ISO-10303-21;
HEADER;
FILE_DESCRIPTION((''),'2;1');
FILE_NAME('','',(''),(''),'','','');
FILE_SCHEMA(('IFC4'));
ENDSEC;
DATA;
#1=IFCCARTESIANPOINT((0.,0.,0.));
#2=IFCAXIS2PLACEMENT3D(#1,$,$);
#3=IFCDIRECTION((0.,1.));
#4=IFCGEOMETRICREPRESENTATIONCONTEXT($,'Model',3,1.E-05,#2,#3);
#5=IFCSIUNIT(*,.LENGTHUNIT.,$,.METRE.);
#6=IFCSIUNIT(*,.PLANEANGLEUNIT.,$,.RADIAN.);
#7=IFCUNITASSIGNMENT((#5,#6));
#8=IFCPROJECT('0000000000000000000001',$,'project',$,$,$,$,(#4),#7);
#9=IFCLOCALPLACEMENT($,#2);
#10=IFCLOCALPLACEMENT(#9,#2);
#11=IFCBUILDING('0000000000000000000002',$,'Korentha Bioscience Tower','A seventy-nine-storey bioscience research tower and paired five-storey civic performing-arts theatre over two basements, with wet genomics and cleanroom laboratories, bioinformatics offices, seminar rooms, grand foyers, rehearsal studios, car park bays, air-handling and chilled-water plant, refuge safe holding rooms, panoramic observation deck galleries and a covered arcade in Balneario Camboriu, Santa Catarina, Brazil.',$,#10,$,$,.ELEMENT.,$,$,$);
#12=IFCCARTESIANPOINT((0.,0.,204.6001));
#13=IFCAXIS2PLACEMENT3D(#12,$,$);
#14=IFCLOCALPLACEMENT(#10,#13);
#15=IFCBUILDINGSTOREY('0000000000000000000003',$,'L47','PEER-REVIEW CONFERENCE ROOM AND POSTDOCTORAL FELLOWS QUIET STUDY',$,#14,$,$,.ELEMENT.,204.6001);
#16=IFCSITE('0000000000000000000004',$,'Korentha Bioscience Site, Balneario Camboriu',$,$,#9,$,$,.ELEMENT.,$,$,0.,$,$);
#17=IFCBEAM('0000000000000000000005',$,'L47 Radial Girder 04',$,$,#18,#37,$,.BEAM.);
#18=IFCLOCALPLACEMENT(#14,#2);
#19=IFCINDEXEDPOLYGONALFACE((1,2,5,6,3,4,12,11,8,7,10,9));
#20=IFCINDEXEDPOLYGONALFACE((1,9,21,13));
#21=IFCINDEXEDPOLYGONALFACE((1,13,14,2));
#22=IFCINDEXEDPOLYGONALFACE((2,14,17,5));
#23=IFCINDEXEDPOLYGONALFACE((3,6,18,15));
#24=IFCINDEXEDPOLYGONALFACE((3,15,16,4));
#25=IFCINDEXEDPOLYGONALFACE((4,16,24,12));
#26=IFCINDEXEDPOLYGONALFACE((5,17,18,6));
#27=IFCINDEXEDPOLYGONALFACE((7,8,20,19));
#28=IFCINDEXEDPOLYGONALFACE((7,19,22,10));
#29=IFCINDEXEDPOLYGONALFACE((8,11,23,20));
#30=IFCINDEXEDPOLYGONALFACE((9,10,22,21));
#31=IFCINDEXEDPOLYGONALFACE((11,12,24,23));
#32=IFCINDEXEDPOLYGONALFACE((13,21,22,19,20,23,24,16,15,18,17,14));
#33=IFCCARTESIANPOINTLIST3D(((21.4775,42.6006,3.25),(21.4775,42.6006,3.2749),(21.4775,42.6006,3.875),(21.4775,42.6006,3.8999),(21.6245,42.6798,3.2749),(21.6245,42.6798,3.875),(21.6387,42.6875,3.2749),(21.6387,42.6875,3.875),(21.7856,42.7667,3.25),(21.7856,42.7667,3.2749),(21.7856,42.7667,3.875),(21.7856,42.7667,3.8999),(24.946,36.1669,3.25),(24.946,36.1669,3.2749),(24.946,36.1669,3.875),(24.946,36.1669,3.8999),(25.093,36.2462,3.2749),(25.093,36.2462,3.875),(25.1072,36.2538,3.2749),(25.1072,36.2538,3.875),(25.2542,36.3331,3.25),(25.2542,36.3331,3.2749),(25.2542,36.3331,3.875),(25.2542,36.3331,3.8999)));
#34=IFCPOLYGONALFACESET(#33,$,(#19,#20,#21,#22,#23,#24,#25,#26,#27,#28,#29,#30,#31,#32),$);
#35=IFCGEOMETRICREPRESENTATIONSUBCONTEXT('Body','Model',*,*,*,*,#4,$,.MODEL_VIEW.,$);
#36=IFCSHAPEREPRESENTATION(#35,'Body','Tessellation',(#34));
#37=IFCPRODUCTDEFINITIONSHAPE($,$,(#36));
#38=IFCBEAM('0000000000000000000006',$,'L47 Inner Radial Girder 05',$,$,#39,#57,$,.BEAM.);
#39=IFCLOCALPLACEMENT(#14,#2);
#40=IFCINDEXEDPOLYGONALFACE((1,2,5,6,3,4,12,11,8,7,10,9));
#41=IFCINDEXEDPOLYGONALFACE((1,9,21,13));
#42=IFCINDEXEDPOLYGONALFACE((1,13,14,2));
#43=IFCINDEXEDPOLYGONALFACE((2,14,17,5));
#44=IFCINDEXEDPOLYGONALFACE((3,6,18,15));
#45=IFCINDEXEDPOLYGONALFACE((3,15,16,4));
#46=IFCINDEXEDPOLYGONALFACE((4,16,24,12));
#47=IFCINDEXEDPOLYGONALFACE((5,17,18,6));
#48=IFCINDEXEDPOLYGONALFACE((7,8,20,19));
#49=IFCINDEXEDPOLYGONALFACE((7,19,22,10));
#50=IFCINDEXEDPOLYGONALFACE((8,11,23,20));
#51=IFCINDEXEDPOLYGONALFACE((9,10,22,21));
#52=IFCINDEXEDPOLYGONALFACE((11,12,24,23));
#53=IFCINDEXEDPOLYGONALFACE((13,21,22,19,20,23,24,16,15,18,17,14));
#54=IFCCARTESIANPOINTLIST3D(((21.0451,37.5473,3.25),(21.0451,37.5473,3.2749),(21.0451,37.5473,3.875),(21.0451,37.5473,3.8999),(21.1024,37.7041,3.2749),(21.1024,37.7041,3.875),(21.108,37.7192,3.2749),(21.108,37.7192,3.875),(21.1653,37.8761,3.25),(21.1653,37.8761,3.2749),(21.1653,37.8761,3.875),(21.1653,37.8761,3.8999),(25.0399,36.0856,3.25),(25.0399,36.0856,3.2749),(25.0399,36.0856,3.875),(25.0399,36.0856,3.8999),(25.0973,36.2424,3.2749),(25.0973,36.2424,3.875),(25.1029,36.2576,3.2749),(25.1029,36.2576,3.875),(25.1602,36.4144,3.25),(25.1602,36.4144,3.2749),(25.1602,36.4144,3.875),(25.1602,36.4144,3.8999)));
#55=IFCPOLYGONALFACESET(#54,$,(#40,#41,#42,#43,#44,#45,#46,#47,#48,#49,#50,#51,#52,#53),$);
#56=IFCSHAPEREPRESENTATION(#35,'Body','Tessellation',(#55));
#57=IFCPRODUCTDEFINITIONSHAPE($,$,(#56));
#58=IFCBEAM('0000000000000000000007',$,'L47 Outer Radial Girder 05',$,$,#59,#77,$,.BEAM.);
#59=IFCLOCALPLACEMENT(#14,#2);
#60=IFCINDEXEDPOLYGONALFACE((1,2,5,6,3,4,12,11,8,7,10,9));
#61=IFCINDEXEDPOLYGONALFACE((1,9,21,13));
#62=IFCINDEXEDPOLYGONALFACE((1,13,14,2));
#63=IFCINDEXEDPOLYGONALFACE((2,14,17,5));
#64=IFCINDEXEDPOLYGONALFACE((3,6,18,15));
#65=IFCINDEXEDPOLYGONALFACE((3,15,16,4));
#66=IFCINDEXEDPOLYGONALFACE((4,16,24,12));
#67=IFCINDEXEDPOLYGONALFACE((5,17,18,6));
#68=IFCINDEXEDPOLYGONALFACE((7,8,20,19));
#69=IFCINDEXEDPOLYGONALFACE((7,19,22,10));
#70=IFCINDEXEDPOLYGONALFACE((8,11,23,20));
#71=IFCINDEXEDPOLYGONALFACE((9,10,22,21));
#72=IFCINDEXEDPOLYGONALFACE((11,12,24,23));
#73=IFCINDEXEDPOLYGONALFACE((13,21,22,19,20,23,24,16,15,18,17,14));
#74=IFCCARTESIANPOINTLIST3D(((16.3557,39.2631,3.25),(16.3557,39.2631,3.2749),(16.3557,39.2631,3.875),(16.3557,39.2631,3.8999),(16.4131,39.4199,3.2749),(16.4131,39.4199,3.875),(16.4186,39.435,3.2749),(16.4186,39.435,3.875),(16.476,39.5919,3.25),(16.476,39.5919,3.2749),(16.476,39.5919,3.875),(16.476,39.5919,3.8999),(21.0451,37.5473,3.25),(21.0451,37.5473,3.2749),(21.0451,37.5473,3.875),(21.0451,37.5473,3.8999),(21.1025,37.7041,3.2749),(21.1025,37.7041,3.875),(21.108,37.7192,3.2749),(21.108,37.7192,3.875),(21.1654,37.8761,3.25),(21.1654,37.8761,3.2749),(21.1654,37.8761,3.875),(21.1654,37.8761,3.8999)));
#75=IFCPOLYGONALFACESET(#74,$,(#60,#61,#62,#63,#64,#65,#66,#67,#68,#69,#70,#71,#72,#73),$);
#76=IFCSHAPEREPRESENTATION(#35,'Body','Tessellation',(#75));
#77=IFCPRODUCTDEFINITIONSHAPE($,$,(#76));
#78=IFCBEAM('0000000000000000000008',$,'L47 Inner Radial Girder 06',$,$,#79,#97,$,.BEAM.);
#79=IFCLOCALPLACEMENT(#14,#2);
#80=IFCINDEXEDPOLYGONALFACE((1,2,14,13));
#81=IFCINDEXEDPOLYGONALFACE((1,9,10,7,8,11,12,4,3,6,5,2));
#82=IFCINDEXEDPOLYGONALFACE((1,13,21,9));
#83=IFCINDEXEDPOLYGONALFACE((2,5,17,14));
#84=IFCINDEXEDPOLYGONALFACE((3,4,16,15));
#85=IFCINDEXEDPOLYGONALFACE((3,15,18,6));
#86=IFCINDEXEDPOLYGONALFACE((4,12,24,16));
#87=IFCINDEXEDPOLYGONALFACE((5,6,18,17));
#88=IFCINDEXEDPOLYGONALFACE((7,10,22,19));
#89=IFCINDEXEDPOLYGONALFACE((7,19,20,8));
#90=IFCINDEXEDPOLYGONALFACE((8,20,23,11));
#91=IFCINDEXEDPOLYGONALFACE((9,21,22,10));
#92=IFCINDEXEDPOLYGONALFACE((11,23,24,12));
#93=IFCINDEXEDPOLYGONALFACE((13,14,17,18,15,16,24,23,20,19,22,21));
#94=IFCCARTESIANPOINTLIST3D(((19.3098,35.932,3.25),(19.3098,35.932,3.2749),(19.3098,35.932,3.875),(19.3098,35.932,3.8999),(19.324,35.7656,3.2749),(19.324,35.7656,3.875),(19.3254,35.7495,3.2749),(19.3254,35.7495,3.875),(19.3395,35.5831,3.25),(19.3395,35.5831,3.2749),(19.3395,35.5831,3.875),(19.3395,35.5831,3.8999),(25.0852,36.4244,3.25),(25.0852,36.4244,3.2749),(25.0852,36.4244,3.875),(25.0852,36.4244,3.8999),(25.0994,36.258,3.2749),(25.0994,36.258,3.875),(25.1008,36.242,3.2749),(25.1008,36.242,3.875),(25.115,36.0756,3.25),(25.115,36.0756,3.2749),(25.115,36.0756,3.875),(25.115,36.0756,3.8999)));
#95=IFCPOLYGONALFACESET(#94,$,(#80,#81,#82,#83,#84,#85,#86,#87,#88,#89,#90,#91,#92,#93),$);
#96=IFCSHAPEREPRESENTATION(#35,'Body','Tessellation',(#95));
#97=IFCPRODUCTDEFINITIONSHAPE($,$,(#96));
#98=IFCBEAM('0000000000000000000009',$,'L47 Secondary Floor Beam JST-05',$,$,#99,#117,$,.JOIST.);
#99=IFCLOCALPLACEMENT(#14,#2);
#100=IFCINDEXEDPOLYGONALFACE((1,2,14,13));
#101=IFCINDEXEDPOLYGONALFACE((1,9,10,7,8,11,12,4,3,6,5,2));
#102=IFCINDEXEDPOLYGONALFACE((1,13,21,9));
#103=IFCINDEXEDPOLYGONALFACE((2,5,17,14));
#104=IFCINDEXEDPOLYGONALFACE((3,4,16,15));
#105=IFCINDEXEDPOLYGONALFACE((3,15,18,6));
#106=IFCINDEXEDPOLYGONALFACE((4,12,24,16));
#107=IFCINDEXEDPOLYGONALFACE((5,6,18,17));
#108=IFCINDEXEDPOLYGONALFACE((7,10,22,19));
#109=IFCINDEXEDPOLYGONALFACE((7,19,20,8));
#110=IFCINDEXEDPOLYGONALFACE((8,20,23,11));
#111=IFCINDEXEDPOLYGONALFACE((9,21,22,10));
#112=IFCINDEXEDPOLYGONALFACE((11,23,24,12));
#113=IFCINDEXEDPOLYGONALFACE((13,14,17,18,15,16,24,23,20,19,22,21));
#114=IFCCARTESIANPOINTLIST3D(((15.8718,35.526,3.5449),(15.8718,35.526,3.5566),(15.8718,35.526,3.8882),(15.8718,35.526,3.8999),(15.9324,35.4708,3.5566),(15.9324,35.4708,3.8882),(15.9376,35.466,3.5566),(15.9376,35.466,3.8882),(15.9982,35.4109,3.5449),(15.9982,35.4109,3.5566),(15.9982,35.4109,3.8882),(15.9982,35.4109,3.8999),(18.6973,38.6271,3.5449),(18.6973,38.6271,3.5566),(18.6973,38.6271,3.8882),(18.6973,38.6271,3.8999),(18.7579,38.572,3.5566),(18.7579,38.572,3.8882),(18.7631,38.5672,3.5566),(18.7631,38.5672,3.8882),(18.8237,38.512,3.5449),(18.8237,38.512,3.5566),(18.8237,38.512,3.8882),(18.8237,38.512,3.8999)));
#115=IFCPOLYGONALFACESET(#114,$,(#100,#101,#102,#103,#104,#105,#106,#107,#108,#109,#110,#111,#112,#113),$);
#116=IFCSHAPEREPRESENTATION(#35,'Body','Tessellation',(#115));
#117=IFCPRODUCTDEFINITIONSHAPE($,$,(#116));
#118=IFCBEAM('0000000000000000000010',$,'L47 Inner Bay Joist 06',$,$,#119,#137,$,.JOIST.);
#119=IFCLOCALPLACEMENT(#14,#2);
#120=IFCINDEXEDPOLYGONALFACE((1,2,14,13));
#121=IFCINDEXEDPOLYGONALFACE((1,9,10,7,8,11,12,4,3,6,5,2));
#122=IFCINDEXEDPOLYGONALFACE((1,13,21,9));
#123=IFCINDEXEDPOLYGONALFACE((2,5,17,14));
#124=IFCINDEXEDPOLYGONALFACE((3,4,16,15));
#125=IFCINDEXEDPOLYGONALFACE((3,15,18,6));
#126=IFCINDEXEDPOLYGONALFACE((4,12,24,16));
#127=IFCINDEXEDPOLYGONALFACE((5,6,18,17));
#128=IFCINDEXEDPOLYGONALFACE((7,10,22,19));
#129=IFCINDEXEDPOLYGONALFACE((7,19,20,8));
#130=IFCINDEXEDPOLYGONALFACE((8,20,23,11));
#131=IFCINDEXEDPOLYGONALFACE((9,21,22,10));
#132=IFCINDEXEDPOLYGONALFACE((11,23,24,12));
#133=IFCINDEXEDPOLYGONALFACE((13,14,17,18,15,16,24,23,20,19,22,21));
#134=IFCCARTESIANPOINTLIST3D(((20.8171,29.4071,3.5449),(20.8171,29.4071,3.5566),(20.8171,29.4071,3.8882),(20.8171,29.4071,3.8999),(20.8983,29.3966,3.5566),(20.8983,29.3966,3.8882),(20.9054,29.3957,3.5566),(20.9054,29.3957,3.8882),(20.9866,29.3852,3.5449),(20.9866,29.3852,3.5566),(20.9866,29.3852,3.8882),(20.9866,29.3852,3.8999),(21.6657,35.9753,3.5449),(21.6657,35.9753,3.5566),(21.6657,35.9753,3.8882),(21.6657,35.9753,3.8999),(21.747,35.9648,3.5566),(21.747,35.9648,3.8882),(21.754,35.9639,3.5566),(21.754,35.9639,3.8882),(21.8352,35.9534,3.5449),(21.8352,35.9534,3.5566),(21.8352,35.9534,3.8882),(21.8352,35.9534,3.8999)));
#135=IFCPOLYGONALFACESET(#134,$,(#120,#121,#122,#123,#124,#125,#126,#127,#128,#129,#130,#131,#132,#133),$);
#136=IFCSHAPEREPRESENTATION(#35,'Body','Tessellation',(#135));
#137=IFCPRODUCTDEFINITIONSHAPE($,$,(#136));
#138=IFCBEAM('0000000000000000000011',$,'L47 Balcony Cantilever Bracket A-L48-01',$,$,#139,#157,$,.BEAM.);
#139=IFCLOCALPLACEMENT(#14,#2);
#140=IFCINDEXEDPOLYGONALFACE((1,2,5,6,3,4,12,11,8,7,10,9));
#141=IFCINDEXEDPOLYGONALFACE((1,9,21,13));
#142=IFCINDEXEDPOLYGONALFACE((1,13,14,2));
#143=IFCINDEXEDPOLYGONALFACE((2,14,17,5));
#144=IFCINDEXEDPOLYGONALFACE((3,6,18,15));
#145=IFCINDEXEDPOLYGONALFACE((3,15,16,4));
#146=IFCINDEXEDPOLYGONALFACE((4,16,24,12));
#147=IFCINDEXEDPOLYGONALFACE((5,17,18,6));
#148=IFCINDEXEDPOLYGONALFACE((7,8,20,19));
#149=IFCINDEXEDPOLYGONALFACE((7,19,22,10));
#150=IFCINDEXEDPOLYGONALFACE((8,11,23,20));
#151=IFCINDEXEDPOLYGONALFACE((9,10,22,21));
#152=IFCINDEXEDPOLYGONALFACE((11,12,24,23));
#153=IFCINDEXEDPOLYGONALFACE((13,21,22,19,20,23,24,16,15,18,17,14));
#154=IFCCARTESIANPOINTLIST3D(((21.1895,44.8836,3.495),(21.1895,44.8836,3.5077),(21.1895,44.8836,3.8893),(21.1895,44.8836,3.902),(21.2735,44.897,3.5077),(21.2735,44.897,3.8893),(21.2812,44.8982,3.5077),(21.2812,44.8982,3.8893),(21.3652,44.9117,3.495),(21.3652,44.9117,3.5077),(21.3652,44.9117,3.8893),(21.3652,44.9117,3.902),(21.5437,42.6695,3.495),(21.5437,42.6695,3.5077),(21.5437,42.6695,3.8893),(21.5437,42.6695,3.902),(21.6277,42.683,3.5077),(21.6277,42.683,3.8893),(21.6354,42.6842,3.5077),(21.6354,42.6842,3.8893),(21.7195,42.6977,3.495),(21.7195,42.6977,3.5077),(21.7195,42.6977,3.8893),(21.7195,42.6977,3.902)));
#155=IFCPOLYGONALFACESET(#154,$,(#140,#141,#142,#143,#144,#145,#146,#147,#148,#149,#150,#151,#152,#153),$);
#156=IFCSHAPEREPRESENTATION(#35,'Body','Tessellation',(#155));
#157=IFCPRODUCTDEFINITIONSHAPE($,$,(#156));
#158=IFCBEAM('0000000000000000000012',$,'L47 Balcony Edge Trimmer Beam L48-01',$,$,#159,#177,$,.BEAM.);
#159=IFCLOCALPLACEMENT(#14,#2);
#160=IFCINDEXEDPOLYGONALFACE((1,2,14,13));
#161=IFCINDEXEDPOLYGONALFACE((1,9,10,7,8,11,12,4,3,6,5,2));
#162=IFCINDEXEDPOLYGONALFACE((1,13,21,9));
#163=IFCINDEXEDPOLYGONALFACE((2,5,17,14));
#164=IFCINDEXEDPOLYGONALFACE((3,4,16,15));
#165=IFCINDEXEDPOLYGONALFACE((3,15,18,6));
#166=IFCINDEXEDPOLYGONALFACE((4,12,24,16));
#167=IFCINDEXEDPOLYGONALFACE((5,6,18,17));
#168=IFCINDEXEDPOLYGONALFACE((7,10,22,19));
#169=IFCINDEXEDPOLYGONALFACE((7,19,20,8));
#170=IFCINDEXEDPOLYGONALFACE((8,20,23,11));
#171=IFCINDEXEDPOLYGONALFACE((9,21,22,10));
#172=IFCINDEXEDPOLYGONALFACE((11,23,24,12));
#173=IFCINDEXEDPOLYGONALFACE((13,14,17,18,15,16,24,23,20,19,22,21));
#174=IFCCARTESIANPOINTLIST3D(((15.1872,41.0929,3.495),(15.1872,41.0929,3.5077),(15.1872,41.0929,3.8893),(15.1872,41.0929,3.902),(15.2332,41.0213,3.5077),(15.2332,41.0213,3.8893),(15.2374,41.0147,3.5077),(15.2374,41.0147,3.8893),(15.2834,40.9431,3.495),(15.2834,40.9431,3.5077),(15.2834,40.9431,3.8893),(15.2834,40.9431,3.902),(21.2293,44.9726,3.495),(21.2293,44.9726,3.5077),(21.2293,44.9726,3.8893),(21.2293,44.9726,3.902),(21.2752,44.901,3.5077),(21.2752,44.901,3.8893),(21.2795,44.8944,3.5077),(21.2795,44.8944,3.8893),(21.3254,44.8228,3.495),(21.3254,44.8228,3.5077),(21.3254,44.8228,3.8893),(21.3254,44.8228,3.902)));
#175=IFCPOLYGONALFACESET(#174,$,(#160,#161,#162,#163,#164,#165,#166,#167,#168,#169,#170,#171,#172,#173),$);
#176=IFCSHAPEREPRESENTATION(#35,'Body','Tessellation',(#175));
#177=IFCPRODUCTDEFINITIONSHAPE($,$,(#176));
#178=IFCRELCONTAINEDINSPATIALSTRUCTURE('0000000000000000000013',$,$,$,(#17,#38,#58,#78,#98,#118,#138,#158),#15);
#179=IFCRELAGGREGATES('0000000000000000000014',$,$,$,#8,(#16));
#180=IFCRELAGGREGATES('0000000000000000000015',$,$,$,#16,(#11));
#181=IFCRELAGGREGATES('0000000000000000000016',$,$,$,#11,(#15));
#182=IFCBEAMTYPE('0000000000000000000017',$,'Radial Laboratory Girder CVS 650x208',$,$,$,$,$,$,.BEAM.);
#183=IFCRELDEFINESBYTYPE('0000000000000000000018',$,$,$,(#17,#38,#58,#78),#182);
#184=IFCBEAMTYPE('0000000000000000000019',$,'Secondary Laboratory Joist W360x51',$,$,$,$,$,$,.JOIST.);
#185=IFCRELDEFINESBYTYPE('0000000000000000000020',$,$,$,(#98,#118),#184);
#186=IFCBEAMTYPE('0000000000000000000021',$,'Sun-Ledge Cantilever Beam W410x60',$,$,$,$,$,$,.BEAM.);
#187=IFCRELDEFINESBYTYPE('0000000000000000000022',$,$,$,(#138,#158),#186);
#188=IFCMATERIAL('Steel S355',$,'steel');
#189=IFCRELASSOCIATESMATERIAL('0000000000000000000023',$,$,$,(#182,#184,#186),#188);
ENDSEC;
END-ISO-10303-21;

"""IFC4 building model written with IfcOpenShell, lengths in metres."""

from ifc_helpers import new_model, si_unit, direction, frame, origin, origin_2d, place, context, subcontext, project, spatial, i_section, extrude, material, material_profile, profile_set, type_object, element, save


model = new_model("IFC4")

# Units and contexts
model_context = context("Model", 3, precision=1e-05, world=origin(), true_north=direction((0.0, 1.0)))
body_context = subcontext(model_context, "Body", "Model", "MODEL_VIEW")
ifc_project = project(units=[si_unit("LENGTHUNIT", "METRE"), si_unit("PLANEANGLEUNIT", "RADIAN")], contexts=[model_context])

# Site, building, storey
site_placement = place(None, origin())
site = spatial("IfcSite", under=ifc_project, at=site_placement, Name="Korentha Bioscience Site, Balneario Camboriu", CompositionType="ELEMENT", RefElevation=0.0)
building_placement = place(site_placement, origin())
building = spatial("IfcBuilding", under=site, at=building_placement, Name="Korentha Bioscience Tower", Description="A seventy-nine-storey bioscience research tower and paired five-storey civic performing-arts theatre over two basements, with wet genomics and cleanroom laboratories, bioinformatics offices, seminar rooms, grand foyers, rehearsal studios, car park bays, air-handling and chilled-water plant, refuge safe holding rooms, panoramic observation deck galleries and a covered arcade in Balneario Camboriu, Santa Catarina, Brazil.", CompositionType="ELEMENT")
storey_placement = place(building_placement, frame((0.0, 0.0, 204.6001)))
storey = spatial("IfcBuildingStorey", under=building, at=storey_placement, Name="L47", Description="PEER-REVIEW CONFERENCE ROOM AND POSTDOCTORAL FELLOWS QUIET STUDY", CompositionType="ELEMENT", Elevation=204.6001)

# Shared definitions
ifc_material_1 = material(Name="Steel S355", Category="steel")

# Beams
ifc_material_profile_1 = material_profile(ifc_material_1, i_section(OverallWidth=0.3501, OverallDepth=0.6499, WebThickness=0.0161, FlangeThickness=0.0249, at=origin_2d()), Name="Steel S355")
ifc_profile_set_1 = profile_set([ifc_material_profile_1], Name="Steel S355 (RB-650)")
beam_type_1 = type_object("IfcBeamType", Name="Radial Laboratory Girder CVS 650x208", PredefinedType="BEAM", material=ifc_profile_set_1)
beam_1_placement = place(storey_placement, frame((25.1001, 36.25, 3.575), z_axis=(-0.474552, 0.880228, 0.0), x_axis=(-0.880228, -0.474552, 0.0)))
element("IfcBeam", 1, at=beam_1_placement, inside=storey, type_object=beam_type_1, Name="L47 Radial Girder 04", PredefinedType="BEAM", context=body_context, shape_type="SweptSolid", body=[
    extrude(i_section(OverallWidth=0.3501, OverallDepth=0.6499, WebThickness=0.0161, FlangeThickness=0.0249, at=origin_2d()), origin(), (0.0, 0.0, 1.0), 7.3091),
])
beam_2_placement = place(storey_placement, frame((25.1001, 36.25, 3.575), z_axis=(-0.939113, 0.343609, 0.0), x_axis=(-0.343609, -0.939113, 0.0)))
element("IfcBeam", 2, at=beam_2_placement, inside=storey, type_object=beam_type_1, Name="L47 Inner Radial Girder 05", PredefinedType="BEAM", context=body_context, shape_type="SweptSolid", body=[
    extrude(i_section(OverallWidth=0.3501, OverallDepth=0.6499, WebThickness=0.0161, FlangeThickness=0.0249, at=origin_2d()), origin(), (0.0, 0.0, 1.0), 4.2539),
])
beam_3_placement = place(storey_placement, frame((21.1052, 37.7117, 3.575), z_axis=(-0.939112, 0.343611, 0.0), x_axis=(-0.343611, -0.939112, 0.0)))
element("IfcBeam", 3, at=beam_3_placement, inside=storey, type_object=beam_type_1, Name="L47 Outer Radial Girder 05", PredefinedType="BEAM", context=body_context, shape_type="SweptSolid", body=[
    extrude(i_section(OverallWidth=0.3501, OverallDepth=0.6499, WebThickness=0.0161, FlangeThickness=0.0249, at=origin_2d()), origin(), (0.0, 0.0, 1.0), 4.9934),
])
beam_4_placement = place(storey_placement, frame((25.1001, 36.25, 3.575), z_axis=(-0.996385, -0.084956, 0.0), x_axis=(0.084956, -0.996385, 0.0)))
element("IfcBeam", 4, at=beam_4_placement, inside=storey, type_object=beam_type_1, Name="L47 Inner Radial Girder 06", PredefinedType="BEAM", context=body_context, shape_type="SweptSolid", body=[
    extrude(i_section(OverallWidth=0.3501, OverallDepth=0.6499, WebThickness=0.0161, FlangeThickness=0.0249, at=origin_2d()), origin(), (0.0, 0.0, 1.0), 5.7964),
])
ifc_material_profile_2 = material_profile(ifc_material_1, i_section(OverallWidth=0.1709, OverallDepth=0.355, WebThickness=0.0071, FlangeThickness=0.0117, at=origin_2d()), Name="Steel S355")
ifc_profile_set_2 = profile_set([ifc_material_profile_2], Name="Steel S355 (JB-360)")
beam_type_2 = type_object("IfcBeamType", Name="Secondary Laboratory Joist W360x51", PredefinedType="JOIST", material=ifc_profile_set_2)
beam_5_placement = place(storey_placement, frame((18.7605, 38.5696, 3.7224), z_axis=(-0.673492, -0.739194, 0.0), x_axis=(0.739194, -0.673492, 0.0)))
element("IfcBeam", 5, at=beam_5_placement, inside=storey, type_object=beam_type_2, Name="L47 Secondary Floor Beam JST-05", PredefinedType="JOIST", context=body_context, shape_type="SweptSolid", body=[
    extrude(i_section(OverallWidth=0.1709, OverallDepth=0.355, WebThickness=0.0071, FlangeThickness=0.0117, at=origin_2d()), origin(), (0.0, 0.0, 1.0), 4.1953),
])
beam_6_placement = place(storey_placement, frame((21.7505, 35.9644, 3.7224), z_axis=(-0.12814, -0.991756, 0.0), x_axis=(0.991756, -0.12814, 0.0)))
element("IfcBeam", 6, at=beam_6_placement, inside=storey, type_object=beam_type_2, Name="L47 Inner Bay Joist 06", PredefinedType="JOIST", context=body_context, shape_type="SweptSolid", body=[
    extrude(i_section(OverallWidth=0.1709, OverallDepth=0.355, WebThickness=0.0071, FlangeThickness=0.0117, at=origin_2d()), origin(), (0.0, 0.0, 1.0), 6.6228),
])
ifc_material_profile_3 = material_profile(ifc_material_1, i_section(OverallWidth=0.178, OverallDepth=0.407, WebThickness=0.0078, FlangeThickness=0.0127, at=origin_2d()), Name="Steel S355")
ifc_profile_set_3 = profile_set([ifc_material_profile_3], Name="Steel S355 (CB-410)")
beam_type_3 = type_object("IfcBeamType", Name="Sun-Ledge Cantilever Beam W410x60", PredefinedType="BEAM", material=ifc_profile_set_3)
beam_7_placement = place(storey_placement, frame((21.6316, 42.6836, 3.6985), z_axis=(-0.157986, 0.987441, 0.0), x_axis=(-0.987441, -0.157986, 0.0)))
element("IfcBeam", 7, at=beam_7_placement, inside=storey, type_object=beam_type_3, Name="L47 Balcony Cantilever Bracket A-L48-01", PredefinedType="BEAM", context=body_context, shape_type="SweptSolid", body=[
    extrude(i_section(OverallWidth=0.178, OverallDepth=0.407, WebThickness=0.0078, FlangeThickness=0.0127, at=origin_2d()), origin(), (0.0, 0.0, 1.0), 2.2422),
])
beam_8_placement = place(storey_placement, frame((21.2773, 44.8977, 3.6985), z_axis=(-0.841463, -0.540314, 0.0), x_axis=(0.540314, -0.841463, 0.0)))
element("IfcBeam", 8, at=beam_8_placement, inside=storey, type_object=beam_type_3, Name="L47 Balcony Edge Trimmer Beam L48-01", PredefinedType="BEAM", context=body_context, shape_type="SweptSolid", body=[
    extrude(i_section(OverallWidth=0.178, OverallDepth=0.407, WebThickness=0.0078, FlangeThickness=0.0127, at=origin_2d()), origin(), (0.0, 0.0, 1.0), 7.1804),
])

save(model, "model.ifc")
